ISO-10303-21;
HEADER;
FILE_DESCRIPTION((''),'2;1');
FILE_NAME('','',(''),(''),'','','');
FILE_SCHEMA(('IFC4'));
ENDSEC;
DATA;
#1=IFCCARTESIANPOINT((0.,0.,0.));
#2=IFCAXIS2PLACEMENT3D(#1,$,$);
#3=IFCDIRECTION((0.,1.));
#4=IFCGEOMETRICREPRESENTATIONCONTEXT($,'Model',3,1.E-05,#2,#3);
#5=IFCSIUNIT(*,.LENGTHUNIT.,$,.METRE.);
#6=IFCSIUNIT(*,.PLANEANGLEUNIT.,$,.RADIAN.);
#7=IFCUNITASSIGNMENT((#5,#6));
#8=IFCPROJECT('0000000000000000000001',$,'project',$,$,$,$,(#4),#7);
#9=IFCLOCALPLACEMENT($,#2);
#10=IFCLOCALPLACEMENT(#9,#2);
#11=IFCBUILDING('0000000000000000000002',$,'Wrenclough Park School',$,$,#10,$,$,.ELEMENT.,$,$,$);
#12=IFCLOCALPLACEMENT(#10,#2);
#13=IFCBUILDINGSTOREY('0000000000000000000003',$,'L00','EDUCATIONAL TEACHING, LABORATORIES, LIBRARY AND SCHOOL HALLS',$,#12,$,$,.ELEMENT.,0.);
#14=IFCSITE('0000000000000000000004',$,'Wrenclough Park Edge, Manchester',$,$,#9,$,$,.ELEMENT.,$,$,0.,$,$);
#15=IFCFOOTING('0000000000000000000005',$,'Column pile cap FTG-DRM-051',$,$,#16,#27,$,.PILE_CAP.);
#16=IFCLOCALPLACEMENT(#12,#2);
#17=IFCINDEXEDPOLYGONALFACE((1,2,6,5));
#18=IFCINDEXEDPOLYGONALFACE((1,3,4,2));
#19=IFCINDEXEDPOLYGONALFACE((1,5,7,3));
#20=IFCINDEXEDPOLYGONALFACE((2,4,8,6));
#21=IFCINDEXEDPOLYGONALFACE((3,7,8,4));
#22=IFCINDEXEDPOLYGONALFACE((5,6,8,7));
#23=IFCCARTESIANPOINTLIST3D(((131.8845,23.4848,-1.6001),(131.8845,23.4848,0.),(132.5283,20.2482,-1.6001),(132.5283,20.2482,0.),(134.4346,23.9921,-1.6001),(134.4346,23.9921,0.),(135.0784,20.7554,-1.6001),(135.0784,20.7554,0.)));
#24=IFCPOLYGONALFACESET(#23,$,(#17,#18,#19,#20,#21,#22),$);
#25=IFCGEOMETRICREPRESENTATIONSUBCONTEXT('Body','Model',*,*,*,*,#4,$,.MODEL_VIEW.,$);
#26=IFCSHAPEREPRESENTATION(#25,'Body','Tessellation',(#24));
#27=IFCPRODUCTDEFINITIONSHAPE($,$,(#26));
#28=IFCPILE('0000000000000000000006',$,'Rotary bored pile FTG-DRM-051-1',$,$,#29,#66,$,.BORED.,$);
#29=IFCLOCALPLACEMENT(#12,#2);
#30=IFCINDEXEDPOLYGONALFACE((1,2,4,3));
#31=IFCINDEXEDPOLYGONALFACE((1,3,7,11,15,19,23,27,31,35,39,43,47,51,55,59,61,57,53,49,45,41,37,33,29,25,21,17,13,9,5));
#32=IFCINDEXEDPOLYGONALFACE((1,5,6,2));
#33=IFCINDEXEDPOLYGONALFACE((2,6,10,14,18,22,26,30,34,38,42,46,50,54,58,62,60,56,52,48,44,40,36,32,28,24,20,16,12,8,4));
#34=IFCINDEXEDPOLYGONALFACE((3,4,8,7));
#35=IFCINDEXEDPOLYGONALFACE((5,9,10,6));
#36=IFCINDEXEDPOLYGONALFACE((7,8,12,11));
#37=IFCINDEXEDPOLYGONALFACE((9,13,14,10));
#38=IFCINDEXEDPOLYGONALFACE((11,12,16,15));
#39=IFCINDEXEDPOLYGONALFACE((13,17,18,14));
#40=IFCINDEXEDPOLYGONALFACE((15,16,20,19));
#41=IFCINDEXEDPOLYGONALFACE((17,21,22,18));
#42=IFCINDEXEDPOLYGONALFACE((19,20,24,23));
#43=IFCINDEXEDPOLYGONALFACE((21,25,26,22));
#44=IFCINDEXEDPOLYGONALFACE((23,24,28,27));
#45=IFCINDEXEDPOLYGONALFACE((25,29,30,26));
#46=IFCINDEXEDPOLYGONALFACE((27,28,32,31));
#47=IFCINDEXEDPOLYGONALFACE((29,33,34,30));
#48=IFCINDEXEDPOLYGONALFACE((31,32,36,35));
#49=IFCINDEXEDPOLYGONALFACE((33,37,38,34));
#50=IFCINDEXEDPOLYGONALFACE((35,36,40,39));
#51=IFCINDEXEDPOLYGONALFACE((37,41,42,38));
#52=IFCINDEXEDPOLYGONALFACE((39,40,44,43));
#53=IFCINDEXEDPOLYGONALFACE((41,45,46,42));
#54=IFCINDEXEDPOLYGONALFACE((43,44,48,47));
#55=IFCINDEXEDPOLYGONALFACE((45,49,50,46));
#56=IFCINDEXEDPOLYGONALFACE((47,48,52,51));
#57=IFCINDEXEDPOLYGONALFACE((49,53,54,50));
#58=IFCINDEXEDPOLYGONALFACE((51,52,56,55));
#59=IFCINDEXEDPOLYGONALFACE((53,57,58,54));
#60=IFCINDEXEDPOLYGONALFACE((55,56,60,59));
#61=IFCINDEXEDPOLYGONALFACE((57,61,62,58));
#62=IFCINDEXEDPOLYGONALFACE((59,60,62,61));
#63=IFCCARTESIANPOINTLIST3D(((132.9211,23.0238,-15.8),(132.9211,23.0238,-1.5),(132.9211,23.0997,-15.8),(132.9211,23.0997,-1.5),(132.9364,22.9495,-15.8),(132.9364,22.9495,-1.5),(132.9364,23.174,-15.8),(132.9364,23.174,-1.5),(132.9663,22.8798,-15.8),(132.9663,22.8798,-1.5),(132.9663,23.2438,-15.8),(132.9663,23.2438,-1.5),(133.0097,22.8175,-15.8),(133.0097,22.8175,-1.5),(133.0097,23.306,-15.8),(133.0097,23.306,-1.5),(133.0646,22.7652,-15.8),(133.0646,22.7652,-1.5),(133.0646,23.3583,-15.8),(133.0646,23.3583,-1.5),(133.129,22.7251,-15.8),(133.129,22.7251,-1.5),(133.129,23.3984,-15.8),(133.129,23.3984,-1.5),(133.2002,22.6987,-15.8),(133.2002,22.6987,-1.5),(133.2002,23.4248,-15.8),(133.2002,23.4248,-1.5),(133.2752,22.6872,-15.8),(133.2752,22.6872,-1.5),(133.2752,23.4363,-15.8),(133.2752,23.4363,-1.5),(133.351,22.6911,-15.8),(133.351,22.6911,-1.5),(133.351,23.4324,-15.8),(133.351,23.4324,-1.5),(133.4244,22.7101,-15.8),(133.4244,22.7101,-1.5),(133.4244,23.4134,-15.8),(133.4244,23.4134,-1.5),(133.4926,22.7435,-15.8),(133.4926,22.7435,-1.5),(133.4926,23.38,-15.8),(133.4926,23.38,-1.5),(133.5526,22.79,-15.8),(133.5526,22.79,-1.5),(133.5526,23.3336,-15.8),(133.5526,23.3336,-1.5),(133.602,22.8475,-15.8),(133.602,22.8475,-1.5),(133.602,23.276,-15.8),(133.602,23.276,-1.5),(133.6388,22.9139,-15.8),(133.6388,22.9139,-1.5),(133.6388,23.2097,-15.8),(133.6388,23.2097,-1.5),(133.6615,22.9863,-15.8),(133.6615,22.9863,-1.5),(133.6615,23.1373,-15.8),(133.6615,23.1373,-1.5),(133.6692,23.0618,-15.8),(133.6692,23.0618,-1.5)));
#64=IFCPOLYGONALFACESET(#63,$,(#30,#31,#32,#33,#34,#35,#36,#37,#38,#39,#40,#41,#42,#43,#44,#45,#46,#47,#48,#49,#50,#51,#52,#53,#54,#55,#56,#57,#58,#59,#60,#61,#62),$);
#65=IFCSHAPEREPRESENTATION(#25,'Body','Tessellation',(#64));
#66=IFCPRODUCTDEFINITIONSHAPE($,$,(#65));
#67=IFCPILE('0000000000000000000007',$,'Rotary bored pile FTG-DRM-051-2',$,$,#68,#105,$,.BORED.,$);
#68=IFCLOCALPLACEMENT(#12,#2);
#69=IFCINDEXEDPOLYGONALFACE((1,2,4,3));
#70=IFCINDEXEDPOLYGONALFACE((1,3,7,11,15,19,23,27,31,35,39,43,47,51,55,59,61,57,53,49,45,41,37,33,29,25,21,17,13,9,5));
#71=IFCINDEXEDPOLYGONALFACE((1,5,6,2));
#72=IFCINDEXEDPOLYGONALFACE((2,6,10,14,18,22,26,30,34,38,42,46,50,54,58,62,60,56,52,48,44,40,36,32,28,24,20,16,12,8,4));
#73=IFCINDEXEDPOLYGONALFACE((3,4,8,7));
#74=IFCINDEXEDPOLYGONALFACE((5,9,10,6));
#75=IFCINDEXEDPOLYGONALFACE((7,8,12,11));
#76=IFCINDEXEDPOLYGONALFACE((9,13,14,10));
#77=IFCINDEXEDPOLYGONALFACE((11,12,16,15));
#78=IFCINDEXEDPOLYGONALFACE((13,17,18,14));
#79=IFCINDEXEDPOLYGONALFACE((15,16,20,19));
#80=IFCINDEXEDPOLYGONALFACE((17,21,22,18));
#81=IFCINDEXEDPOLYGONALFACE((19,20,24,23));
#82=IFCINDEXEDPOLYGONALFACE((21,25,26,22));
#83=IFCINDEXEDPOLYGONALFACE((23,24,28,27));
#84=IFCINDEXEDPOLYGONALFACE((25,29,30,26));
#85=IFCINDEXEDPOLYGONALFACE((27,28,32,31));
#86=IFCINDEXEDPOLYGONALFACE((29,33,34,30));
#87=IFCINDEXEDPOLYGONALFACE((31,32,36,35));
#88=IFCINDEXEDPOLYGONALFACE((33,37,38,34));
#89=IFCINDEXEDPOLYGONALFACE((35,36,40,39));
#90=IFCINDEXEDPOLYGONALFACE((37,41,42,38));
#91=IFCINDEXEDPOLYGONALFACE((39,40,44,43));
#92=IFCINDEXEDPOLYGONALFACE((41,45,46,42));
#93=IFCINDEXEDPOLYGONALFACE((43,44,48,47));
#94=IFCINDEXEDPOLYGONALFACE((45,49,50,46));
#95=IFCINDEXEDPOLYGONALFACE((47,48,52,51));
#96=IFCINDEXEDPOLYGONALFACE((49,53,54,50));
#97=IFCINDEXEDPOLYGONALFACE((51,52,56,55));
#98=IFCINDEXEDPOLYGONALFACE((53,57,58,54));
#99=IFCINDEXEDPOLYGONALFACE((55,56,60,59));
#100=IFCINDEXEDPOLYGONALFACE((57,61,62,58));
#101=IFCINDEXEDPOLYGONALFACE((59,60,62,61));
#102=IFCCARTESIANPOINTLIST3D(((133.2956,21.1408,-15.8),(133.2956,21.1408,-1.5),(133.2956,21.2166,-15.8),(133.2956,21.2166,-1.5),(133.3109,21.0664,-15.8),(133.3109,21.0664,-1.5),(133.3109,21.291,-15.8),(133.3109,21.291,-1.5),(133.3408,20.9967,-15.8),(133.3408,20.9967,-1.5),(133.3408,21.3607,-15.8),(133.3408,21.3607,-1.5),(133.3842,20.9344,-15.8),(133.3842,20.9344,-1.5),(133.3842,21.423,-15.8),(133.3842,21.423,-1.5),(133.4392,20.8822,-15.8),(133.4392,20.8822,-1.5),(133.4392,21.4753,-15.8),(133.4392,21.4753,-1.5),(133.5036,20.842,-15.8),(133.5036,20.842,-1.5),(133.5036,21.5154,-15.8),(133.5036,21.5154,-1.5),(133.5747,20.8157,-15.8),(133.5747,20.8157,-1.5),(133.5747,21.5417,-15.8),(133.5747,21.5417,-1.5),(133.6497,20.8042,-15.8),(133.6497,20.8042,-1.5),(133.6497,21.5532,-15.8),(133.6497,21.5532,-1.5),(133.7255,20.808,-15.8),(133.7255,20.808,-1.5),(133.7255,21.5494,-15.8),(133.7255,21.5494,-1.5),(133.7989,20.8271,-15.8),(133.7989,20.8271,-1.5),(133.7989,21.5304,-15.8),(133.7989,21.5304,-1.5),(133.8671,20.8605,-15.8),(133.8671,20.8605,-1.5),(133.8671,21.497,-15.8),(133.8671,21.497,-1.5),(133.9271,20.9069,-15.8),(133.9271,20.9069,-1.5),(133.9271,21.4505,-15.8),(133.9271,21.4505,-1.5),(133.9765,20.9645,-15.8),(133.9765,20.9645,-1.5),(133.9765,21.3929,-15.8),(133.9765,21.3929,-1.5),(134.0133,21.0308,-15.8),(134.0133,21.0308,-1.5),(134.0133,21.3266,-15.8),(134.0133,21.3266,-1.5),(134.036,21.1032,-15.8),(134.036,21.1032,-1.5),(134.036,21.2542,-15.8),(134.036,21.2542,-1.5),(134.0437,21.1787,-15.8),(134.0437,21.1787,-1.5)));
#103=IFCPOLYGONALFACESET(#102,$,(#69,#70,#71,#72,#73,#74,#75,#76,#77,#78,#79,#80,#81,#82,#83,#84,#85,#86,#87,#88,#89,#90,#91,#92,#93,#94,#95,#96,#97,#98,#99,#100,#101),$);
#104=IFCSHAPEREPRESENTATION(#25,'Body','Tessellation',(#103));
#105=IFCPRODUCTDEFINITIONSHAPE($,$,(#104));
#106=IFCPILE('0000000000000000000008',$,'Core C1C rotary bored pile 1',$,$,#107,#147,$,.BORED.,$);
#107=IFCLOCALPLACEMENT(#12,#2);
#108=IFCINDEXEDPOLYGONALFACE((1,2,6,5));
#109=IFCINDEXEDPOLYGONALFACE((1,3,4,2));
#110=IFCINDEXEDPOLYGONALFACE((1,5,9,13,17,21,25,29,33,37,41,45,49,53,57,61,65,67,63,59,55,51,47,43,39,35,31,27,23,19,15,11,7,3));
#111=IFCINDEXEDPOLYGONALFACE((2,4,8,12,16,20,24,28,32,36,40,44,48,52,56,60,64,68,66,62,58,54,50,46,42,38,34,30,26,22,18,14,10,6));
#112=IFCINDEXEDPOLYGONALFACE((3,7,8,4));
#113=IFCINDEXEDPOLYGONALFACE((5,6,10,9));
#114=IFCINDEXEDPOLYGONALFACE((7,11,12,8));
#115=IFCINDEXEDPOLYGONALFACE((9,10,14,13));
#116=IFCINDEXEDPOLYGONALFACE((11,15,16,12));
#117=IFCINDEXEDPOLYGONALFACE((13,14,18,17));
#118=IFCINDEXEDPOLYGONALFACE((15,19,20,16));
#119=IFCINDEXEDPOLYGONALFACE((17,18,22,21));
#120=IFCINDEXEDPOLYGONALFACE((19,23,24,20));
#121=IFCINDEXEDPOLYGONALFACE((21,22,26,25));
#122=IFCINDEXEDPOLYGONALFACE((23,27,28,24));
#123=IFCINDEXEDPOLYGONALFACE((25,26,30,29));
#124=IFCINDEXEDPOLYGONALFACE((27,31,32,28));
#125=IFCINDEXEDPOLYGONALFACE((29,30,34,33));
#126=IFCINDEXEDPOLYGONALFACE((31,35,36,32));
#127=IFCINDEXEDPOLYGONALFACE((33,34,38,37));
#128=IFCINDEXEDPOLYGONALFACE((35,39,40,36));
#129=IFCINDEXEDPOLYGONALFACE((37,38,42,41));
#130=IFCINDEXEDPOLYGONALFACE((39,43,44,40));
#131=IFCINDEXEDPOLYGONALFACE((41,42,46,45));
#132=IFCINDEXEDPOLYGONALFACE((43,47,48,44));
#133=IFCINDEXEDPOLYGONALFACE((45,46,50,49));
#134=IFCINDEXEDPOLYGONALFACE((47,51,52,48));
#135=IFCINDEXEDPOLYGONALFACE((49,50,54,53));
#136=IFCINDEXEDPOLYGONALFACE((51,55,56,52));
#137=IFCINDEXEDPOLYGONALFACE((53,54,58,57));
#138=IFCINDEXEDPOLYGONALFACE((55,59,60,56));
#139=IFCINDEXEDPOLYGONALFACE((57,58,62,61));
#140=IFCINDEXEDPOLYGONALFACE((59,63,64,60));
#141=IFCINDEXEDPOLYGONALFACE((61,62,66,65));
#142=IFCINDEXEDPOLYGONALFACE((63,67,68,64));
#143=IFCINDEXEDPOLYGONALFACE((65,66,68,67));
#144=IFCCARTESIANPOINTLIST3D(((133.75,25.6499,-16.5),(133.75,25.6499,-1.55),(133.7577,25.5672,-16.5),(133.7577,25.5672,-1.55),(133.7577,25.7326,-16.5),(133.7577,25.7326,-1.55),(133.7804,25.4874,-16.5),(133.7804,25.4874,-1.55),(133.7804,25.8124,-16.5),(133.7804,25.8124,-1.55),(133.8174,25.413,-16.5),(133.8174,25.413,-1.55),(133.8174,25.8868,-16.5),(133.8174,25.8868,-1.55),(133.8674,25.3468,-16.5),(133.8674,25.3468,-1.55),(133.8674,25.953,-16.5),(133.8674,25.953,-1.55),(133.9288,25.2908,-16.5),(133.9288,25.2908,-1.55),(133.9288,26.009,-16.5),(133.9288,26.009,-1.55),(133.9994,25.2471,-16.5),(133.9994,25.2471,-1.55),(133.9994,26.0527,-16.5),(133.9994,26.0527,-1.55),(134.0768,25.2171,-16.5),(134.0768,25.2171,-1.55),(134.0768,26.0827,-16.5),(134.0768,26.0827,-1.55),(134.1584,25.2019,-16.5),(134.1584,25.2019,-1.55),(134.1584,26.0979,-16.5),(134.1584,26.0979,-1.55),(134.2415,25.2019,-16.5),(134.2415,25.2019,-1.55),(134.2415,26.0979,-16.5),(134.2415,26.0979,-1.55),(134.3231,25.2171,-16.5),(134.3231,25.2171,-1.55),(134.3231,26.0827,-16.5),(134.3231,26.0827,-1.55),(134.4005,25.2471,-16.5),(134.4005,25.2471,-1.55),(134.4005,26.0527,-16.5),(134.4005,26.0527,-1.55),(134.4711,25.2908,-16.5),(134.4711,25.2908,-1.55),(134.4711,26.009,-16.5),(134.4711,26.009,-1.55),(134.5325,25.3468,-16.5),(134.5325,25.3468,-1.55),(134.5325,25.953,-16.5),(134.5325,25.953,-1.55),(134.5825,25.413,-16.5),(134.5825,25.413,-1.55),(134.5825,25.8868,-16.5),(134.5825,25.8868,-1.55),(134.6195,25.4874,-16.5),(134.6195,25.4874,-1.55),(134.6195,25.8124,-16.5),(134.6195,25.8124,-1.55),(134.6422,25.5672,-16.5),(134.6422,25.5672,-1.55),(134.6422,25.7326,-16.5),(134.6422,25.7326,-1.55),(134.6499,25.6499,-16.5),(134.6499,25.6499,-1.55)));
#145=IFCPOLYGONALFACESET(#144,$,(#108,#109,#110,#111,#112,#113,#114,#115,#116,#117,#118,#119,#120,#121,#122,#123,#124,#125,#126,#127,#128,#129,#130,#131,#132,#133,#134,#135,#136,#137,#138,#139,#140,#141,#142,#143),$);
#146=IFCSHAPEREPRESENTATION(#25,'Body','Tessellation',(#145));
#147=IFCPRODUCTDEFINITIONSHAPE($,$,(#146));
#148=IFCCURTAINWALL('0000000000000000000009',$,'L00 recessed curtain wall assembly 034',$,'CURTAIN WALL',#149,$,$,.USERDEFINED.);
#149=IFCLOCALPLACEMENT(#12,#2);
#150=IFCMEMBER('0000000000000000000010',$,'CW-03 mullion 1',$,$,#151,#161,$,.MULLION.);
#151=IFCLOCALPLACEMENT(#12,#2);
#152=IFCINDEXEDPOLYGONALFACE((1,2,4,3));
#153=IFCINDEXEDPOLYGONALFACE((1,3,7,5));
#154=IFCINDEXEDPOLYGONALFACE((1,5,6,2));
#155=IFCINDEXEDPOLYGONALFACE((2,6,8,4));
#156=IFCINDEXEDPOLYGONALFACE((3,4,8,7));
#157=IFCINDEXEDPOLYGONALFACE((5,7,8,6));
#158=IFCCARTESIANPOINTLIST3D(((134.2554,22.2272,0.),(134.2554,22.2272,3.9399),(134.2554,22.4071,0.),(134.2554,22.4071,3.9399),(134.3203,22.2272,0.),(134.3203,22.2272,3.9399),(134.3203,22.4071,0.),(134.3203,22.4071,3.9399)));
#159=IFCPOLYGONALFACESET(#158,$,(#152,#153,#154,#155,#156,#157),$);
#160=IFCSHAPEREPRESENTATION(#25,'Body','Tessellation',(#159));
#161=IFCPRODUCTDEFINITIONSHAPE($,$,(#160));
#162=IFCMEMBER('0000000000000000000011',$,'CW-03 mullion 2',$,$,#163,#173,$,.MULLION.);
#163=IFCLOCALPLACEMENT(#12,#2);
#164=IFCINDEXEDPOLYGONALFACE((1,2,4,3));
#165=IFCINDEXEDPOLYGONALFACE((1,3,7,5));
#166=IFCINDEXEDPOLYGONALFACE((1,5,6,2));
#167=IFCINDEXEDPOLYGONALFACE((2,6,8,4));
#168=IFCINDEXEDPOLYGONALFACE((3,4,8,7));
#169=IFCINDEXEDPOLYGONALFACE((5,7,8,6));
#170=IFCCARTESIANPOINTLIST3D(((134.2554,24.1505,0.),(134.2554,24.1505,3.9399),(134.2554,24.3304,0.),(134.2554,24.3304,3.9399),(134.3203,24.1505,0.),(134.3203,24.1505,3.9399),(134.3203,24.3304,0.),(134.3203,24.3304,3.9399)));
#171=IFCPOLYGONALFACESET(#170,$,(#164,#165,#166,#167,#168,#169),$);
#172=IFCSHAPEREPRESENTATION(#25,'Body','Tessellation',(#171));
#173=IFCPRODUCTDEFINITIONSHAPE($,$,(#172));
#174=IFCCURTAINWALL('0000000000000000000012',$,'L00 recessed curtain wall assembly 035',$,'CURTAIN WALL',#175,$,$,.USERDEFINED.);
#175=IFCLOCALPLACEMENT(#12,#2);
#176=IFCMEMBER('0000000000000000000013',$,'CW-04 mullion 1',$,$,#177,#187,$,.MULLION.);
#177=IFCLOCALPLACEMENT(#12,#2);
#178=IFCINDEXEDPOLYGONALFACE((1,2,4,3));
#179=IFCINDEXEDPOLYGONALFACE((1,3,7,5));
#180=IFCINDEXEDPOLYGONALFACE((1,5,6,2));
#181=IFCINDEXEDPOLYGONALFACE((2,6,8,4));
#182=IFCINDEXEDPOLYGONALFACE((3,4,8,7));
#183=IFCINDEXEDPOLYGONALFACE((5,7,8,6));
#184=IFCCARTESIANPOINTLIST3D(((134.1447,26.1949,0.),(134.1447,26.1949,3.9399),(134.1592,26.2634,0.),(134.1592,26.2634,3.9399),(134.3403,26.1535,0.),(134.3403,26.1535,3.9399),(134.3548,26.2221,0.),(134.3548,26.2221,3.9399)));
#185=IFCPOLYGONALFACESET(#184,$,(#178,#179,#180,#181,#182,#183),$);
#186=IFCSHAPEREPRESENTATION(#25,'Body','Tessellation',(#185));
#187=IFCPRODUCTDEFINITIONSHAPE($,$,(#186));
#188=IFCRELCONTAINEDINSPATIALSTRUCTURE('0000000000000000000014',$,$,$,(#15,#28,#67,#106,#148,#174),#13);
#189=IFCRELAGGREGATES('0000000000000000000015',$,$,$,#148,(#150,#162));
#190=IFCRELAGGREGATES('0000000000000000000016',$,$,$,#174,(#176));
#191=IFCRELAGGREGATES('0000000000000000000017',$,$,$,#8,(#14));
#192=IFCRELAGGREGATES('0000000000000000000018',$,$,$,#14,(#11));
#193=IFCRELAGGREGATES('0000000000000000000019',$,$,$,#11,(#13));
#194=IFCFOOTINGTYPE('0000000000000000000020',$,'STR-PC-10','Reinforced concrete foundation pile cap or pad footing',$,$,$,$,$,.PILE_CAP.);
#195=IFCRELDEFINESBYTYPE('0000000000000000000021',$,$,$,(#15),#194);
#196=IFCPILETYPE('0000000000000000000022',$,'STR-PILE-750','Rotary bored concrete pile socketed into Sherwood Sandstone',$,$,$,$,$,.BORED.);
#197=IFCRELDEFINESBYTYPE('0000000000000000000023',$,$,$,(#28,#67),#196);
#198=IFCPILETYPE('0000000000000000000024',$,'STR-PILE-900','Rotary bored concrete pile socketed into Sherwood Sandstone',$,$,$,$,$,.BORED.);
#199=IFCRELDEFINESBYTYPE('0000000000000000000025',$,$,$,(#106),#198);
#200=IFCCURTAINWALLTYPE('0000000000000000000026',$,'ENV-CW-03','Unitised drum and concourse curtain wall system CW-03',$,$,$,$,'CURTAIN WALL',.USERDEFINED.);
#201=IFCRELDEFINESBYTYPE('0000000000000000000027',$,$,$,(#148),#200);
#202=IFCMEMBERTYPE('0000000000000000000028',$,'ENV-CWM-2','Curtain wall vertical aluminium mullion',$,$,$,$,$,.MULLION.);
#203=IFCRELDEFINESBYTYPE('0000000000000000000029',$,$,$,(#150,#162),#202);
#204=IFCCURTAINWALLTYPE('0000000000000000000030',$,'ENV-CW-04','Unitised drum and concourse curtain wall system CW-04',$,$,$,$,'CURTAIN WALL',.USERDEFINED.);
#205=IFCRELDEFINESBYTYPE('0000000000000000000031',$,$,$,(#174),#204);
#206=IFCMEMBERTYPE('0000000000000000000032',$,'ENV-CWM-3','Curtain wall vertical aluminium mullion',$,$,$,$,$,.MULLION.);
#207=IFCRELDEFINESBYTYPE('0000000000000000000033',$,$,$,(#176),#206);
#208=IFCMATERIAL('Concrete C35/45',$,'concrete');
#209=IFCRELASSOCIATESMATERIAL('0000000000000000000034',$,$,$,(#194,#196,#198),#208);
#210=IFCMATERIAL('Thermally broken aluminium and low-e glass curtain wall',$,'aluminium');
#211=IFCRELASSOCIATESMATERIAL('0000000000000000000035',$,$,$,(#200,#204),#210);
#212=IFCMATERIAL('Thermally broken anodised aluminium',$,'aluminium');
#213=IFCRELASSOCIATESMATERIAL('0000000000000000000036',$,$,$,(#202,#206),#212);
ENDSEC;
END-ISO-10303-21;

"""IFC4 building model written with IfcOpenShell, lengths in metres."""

from ifc_helpers import new_model, si_unit, direction, frame, origin, origin_2d, place, context, subcontext, project, spatial, rectangle, circle, extrude, material, material_profile, profile_set, type_object, element, aggregate, save


model = new_model("IFC4")

# Units and contexts
model_context = context("Model", 3, precision=1e-05, world=origin(), true_north=direction((0.0, 1.0)))
body_context = subcontext(model_context, "Body", "Model", "MODEL_VIEW")
ifc_project = project(units=[si_unit("LENGTHUNIT", "METRE"), si_unit("PLANEANGLEUNIT", "RADIAN")], contexts=[model_context])

# Site, building, storey
site_placement = place(None, origin())
site = spatial("IfcSite", under=ifc_project, at=site_placement, Name="Wrenclough Park Edge, Manchester", CompositionType="ELEMENT", RefElevation=0.0)
building_placement = place(site_placement, origin())
building = spatial("IfcBuilding", under=site, at=building_placement, Name="Wrenclough Park School", CompositionType="ELEMENT")
storey_placement = place(building_placement, origin())
storey = spatial("IfcBuildingStorey", under=building, at=storey_placement, Name="L00", Description="EDUCATIONAL TEACHING, LABORATORIES, LIBRARY AND SCHOOL HALLS", CompositionType="ELEMENT", Elevation=0.0)

# Footing
ifc_material_1 = material(Name="Concrete C35/45", Category="concrete")
footing_type = type_object("IfcFootingType", Name="STR-PC-10", Description="Reinforced concrete foundation pile cap or pad footing", PredefinedType="PILE_CAP", material=ifc_material_1)
footing_placement = place(storey_placement, frame((133.4814, 22.1201, -1.6001), z_axis=(0.0, 0.0, 1.0), x_axis=(0.19509, -0.980785, 0.0)))
element("IfcFooting", 1, at=footing_placement, inside=storey, type_object=footing_type, Name="Column pile cap FTG-DRM-051", PredefinedType="PILE_CAP", context=body_context, shape_type="SweptSolid", body=[
    extrude(rectangle(XDim=3.3, YDim=2.6001, at=origin_2d()), origin(), (0.0, 0.0, 1.0), 1.6001),
])

# Piles
ifc_material_profile_1 = material_profile(ifc_material_1, circle(Radius=0.375, at=origin_2d()), Name="BORED PILE D750")
ifc_profile_set_1 = profile_set([ifc_material_profile_1], Name="Concrete C35/45")
pile_type_1 = type_object("IfcPileType", Name="STR-PILE-750", Description="Rotary bored concrete pile socketed into Sherwood Sandstone", PredefinedType="BORED", material=ifc_profile_set_1)
for number, where, z_axis, x_axis, name in (
    (2, (133.2942, 23.0618, -1.5), (0.0, 0.0, -1.0), (1.0, 0.0, 0.0), "Rotary bored pile FTG-DRM-051-1"),
    (3, (133.6687, 21.1787, -1.5), (0.0, 0.0, -1.0), (1.0, 0.0, 0.0), "Rotary bored pile FTG-DRM-051-2"),
):
    element("IfcPile", number, at=place(storey_placement, frame(where, z_axis=z_axis, x_axis=x_axis)), inside=storey, type_object=pile_type_1, Name=name, PredefinedType="BORED", context=body_context, shape_type="SweptSolid", body=[
        extrude(circle(Radius=0.375, at=origin_2d()), origin(), (0.0, 0.0, 1.0), 14.3),
    ])
ifc_material_profile_2 = material_profile(ifc_material_1, circle(Radius=0.45, at=origin_2d()), Name="BORED PILE D900")
ifc_profile_set_2 = profile_set([ifc_material_profile_2], Name="Concrete C35/45")
pile_type_2 = type_object("IfcPileType", Name="STR-PILE-900", Description="Rotary bored concrete pile socketed into Sherwood Sandstone", PredefinedType="BORED", material=ifc_profile_set_2)
pile_placement = place(storey_placement, frame((134.2, 25.6499, -1.55), z_axis=(0.0, 0.0, -1.0), x_axis=(1.0, 0.0, 0.0)))
element("IfcPile", 4, at=pile_placement, inside=storey, type_object=pile_type_2, Name="Core C1C rotary bored pile 1", PredefinedType="BORED", context=body_context, shape_type="SweptSolid", body=[
    extrude(circle(Radius=0.45, at=origin_2d()), origin(), (0.0, 0.0, 1.0), 14.95),
])

# Curtain wall, members
ifc_material_2 = material(Name="Thermally broken aluminium and low-e glass curtain wall", Category="aluminium")
curtain_wall_type_1 = type_object("IfcCurtainWallType", Name="ENV-CW-03", Description="Unitised drum and concourse curtain wall system CW-03", ElementType="CURTAIN WALL", PredefinedType="USERDEFINED", material=ifc_material_2)
curtain_wall_1_placement = place(storey_placement, origin())
curtain_wall_1 = element("IfcCurtainWall", 5, at=curtain_wall_1_placement, inside=storey, type_object=curtain_wall_type_1, Name="L00 recessed curtain wall assembly 034", ObjectType="CURTAIN WALL", PredefinedType="USERDEFINED")
ifc_material_3 = material(Name="Thermally broken anodised aluminium", Category="aluminium")
ifc_material_profile_3 = material_profile(ifc_material_3, rectangle(XDim=0.0649, YDim=0.1799, at=origin_2d()), Name="AL MULLION 65x180")
ifc_profile_set_3 = profile_set([ifc_material_profile_3], Name="Thermally broken anodised aluminium")
member_type_1 = type_object("IfcMemberType", Name="ENV-CWM-2", Description="Curtain wall vertical aluminium mullion", PredefinedType="MULLION", material=ifc_profile_set_3)
member_1_placement = place(storey_placement, frame((134.2878, 22.3171, 0.0), z_axis=(0.0, 0.0, 1.0), x_axis=(-1.0, 0.0, 0.0)))
member_1 = element("IfcMember", 6, at=member_1_placement, type_object=member_type_1, Name="CW-03 mullion 1", PredefinedType="MULLION", context=body_context, shape_type="SweptSolid", body=[
    extrude(rectangle(XDim=0.0649, YDim=0.1799, at=origin_2d()), origin(), (0.0, 0.0, 1.0), 3.9399),
])
member_2_placement = place(storey_placement, frame((134.2878, 24.2405, 0.0), z_axis=(0.0, 0.0, 1.0), x_axis=(-1.0, 0.0, 0.0)))
member_2 = element("IfcMember", 7, at=member_2_placement, type_object=member_type_1, Name="CW-03 mullion 2", PredefinedType="MULLION", context=body_context, shape_type="SweptSolid", body=[
    extrude(rectangle(XDim=0.0649, YDim=0.1799, at=origin_2d()), origin(), (0.0, 0.0, 1.0), 3.9399),
])

# Curtain wall, member
curtain_wall_type_2 = type_object("IfcCurtainWallType", Name="ENV-CW-04", Description="Unitised drum and concourse curtain wall system CW-04", ElementType="CURTAIN WALL", PredefinedType="USERDEFINED", material=ifc_material_2)
curtain_wall_2_placement = place(storey_placement, origin())
curtain_wall_2 = element("IfcCurtainWall", 8, at=curtain_wall_2_placement, inside=storey, type_object=curtain_wall_type_2, Name="L00 recessed curtain wall assembly 035", ObjectType="CURTAIN WALL", PredefinedType="USERDEFINED")
ifc_material_profile_4 = material_profile(ifc_material_3, rectangle(XDim=0.0701, YDim=0.2, at=origin_2d()), Name="AL MULLION 70x200")
ifc_profile_set_4 = profile_set([ifc_material_profile_4], Name="Thermally broken anodised aluminium")
member_type_2 = type_object("IfcMemberType", Name="ENV-CWM-3", Description="Curtain wall vertical aluminium mullion", PredefinedType="MULLION", material=ifc_profile_set_4)
member_3_placement = place(storey_placement, frame((134.2498, 26.2085, 0.0), z_axis=(0.0, 0.0, 1.0), x_axis=(-0.206818, -0.978379, 0.0)))
member_3 = element("IfcMember", 9, at=member_3_placement, type_object=member_type_2, Name="CW-04 mullion 1", PredefinedType="MULLION", context=body_context, shape_type="SweptSolid", body=[
    extrude(rectangle(XDim=0.0701, YDim=0.2, at=origin_2d()), origin(), (0.0, 0.0, 1.0), 3.9399),
])

aggregate(curtain_wall_1, [member_1, member_2])
aggregate(curtain_wall_2, [member_3])

save(model, "model.ifc")
